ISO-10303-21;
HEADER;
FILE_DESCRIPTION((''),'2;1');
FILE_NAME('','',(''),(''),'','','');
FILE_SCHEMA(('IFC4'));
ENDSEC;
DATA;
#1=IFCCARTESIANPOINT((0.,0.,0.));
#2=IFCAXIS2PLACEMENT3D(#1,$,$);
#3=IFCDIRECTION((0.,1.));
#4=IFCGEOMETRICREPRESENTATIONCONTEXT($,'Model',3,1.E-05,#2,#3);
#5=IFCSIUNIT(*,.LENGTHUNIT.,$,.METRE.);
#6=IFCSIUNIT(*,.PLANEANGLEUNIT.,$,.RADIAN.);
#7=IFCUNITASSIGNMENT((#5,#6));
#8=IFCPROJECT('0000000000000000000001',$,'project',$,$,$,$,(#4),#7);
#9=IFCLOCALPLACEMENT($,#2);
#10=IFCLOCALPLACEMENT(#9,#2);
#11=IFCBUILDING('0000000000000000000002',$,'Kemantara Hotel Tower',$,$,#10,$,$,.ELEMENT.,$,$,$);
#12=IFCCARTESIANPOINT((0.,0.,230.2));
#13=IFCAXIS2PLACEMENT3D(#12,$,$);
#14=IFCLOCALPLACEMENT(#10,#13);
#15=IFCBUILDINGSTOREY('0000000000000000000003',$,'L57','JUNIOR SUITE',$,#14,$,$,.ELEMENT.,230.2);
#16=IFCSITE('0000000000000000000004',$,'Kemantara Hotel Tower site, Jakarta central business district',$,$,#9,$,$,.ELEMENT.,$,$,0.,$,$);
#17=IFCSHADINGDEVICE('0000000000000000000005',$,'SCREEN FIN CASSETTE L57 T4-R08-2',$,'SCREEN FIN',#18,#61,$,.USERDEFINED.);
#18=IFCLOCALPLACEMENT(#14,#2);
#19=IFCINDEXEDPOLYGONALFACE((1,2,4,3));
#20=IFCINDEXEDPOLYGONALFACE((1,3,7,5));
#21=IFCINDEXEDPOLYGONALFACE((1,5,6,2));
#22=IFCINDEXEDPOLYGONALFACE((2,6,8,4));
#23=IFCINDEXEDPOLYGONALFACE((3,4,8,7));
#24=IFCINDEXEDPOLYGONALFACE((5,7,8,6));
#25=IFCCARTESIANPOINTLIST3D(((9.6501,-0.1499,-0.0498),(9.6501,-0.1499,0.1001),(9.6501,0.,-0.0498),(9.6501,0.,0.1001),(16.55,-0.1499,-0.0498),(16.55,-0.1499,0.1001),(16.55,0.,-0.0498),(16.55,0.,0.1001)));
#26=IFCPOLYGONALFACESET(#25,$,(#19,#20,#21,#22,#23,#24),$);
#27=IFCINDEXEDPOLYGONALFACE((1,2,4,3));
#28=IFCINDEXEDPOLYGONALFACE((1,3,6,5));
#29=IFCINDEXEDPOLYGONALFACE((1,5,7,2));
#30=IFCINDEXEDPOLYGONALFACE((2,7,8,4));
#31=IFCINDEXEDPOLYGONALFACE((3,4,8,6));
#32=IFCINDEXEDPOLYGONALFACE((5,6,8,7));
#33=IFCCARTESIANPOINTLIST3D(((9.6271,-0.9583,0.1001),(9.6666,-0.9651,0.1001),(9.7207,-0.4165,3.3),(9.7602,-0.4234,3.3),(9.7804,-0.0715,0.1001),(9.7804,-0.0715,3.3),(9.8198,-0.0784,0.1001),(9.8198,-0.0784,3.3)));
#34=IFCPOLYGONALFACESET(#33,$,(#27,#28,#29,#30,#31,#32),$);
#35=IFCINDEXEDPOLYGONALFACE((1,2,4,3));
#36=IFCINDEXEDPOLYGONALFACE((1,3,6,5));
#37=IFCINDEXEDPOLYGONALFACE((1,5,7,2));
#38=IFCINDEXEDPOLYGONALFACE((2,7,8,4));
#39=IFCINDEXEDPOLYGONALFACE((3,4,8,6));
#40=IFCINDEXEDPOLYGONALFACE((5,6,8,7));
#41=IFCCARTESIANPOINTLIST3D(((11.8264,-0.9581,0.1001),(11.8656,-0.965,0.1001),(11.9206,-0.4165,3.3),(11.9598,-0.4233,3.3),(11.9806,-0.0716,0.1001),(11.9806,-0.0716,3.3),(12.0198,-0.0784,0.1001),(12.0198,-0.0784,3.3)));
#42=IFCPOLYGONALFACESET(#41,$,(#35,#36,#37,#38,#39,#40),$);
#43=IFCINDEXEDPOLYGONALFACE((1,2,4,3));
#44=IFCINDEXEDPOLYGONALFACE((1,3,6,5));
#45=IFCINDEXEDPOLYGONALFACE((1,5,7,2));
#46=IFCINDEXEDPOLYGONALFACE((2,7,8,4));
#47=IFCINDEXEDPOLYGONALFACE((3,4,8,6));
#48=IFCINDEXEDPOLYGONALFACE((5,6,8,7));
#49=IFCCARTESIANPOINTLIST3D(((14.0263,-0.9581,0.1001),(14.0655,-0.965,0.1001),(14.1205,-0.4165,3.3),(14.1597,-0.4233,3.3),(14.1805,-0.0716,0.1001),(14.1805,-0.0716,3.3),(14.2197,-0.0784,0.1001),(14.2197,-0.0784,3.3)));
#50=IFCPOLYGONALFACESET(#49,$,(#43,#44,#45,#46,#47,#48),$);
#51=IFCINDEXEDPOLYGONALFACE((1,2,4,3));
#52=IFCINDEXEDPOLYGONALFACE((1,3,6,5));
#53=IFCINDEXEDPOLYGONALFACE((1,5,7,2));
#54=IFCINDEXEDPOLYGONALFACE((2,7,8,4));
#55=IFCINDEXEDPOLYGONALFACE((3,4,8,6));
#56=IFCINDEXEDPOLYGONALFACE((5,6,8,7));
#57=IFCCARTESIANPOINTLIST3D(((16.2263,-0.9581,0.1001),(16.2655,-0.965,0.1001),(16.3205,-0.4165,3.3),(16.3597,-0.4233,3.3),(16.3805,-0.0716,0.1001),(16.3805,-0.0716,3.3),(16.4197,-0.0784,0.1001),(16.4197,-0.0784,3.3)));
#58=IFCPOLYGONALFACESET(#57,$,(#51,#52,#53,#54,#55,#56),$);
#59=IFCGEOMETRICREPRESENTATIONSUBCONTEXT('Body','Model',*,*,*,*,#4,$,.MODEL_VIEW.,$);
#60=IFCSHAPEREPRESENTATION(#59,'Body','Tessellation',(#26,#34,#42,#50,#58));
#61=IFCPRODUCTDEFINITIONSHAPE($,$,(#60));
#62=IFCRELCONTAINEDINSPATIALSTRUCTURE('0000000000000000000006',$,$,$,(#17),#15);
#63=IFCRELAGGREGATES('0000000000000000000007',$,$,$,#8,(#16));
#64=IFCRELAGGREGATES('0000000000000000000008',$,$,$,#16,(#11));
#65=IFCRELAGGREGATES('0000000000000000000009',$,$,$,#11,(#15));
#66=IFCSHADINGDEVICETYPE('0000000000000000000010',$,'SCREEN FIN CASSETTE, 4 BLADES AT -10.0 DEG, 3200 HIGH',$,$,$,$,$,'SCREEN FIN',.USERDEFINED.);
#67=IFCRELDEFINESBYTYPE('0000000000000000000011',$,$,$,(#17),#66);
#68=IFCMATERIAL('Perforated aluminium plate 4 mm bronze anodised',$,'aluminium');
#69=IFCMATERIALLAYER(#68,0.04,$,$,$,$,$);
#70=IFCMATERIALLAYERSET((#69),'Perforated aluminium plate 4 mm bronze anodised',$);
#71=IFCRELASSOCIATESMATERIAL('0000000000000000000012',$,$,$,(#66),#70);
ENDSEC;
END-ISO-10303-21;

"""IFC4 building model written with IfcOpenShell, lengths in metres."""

from ifc_helpers import new_model, si_unit, direction, frame, origin, origin_2d, place, context, subcontext, project, spatial, polyline, rectangle, outline, extrude, source, transform, mapped, material, layer, layer_set, type_object, element, save


model = new_model("IFC4")

# Units and contexts
model_context = context("Model", 3, precision=1e-05, world=origin(), true_north=direction((0.0, 1.0)))
body_context = subcontext(model_context, "Body", "Model", "MODEL_VIEW")
ifc_project = project(units=[si_unit("LENGTHUNIT", "METRE"), si_unit("PLANEANGLEUNIT", "RADIAN")], contexts=[model_context])

# Site, building, storey
site_placement = place(None, origin())
site = spatial("IfcSite", under=ifc_project, at=site_placement, Name="Kemantara Hotel Tower site, Jakarta central business district", CompositionType="ELEMENT", RefElevation=0.0)
building_placement = place(site_placement, origin())
building = spatial("IfcBuilding", under=site, at=building_placement, Name="Kemantara Hotel Tower", CompositionType="ELEMENT")
storey_placement = place(building_placement, frame((0.0, 0.0, 230.2)))
storey = spatial("IfcBuildingStorey", under=building, at=storey_placement, Name="L57", Description="JUNIOR SUITE", CompositionType="ELEMENT", Elevation=230.2)

# Shading device
ifc_material_1 = material(Name="Perforated aluminium plate 4 mm bronze anodised", Category="aluminium")
ifc_layer_1 = layer(ifc_material_1, 0.04)
ifc_layer_set_1 = layer_set([ifc_layer_1], Name="Perforated aluminium plate 4 mm bronze anodised")
shading_device_type_1 = type_object("IfcShadingDeviceType", Name="SCREEN FIN CASSETTE, 4 BLADES AT -10.0 DEG, 3200 HIGH", ElementType="SCREEN FIN", PredefinedType="USERDEFINED", material=ifc_layer_set_1)
shared_shape_1 = source(origin(), body_context, "Body", "SweptSolid", [
    extrude(rectangle(XDim=6.8999, YDim=0.1499, at=origin_2d()), frame((3.3, -0.075, -0.1499), z_axis=(0.0, 0.0, 1.0), x_axis=(1.0, 0.0, 0.0)), (0.0, 0.0, 1.0), 0.1499),
    extrude(outline(polyline([(0.0, 0.0), (0.8999, 0.0), (0.3501, 3.2), (0.0, 3.2), (0.0, 0.0)])), frame((0.0198, -0.0784, 0.0), z_axis=(-0.98539, 0.170314, 0.0), x_axis=(-0.170314, -0.98539, 0.0)), (0.0, 0.0, 1.0), 0.04),
    extrude(outline(polyline([(0.0, 0.0), (0.8999, 0.0), (0.3501, 3.2), (0.0, 3.2), (0.0, 0.0)])), frame((2.2197, -0.0784, 0.0), z_axis=(-0.985212, 0.171341, 0.0), x_axis=(-0.171341, -0.985212, 0.0)), (0.0, 0.0, 1.0), 0.0398),
    extrude(outline(polyline([(0.0, 0.0), (0.8999, 0.0), (0.3501, 3.2), (0.0, 3.2), (0.0, 0.0)])), frame((4.4197, -0.0784, 0.0), z_axis=(-0.985212, 0.171341, 0.0), x_axis=(-0.171341, -0.985212, 0.0)), (0.0, 0.0, 1.0), 0.0398),
    extrude(outline(polyline([(0.0, 0.0), (0.8999, 0.0), (0.3501, 3.2), (0.0, 3.2), (0.0, 0.0)])), frame((6.6196, -0.0784, 0.0), z_axis=(-0.985212, 0.171341, 0.0), x_axis=(-0.171341, -0.985212, 0.0)), (0.0, 0.0, 1.0), 0.0398),
])
shading_device_1_placement = place(storey_placement, frame((9.8, 0.0, 0.1001), z_axis=(0.0, 0.0, 1.0), x_axis=(1.0, 0.0, 0.0)))
element("IfcShadingDevice", 1, at=shading_device_1_placement, inside=storey, type_object=shading_device_type_1, Name="SCREEN FIN CASSETTE L57 T4-R08-2", ObjectType="SCREEN FIN", PredefinedType="USERDEFINED", context=body_context, shape_type="MappedRepresentation", body=[
    mapped(shared_shape_1, transform((0.0, 0.0, 0.0))),
])

save(model, "model.ifc")
